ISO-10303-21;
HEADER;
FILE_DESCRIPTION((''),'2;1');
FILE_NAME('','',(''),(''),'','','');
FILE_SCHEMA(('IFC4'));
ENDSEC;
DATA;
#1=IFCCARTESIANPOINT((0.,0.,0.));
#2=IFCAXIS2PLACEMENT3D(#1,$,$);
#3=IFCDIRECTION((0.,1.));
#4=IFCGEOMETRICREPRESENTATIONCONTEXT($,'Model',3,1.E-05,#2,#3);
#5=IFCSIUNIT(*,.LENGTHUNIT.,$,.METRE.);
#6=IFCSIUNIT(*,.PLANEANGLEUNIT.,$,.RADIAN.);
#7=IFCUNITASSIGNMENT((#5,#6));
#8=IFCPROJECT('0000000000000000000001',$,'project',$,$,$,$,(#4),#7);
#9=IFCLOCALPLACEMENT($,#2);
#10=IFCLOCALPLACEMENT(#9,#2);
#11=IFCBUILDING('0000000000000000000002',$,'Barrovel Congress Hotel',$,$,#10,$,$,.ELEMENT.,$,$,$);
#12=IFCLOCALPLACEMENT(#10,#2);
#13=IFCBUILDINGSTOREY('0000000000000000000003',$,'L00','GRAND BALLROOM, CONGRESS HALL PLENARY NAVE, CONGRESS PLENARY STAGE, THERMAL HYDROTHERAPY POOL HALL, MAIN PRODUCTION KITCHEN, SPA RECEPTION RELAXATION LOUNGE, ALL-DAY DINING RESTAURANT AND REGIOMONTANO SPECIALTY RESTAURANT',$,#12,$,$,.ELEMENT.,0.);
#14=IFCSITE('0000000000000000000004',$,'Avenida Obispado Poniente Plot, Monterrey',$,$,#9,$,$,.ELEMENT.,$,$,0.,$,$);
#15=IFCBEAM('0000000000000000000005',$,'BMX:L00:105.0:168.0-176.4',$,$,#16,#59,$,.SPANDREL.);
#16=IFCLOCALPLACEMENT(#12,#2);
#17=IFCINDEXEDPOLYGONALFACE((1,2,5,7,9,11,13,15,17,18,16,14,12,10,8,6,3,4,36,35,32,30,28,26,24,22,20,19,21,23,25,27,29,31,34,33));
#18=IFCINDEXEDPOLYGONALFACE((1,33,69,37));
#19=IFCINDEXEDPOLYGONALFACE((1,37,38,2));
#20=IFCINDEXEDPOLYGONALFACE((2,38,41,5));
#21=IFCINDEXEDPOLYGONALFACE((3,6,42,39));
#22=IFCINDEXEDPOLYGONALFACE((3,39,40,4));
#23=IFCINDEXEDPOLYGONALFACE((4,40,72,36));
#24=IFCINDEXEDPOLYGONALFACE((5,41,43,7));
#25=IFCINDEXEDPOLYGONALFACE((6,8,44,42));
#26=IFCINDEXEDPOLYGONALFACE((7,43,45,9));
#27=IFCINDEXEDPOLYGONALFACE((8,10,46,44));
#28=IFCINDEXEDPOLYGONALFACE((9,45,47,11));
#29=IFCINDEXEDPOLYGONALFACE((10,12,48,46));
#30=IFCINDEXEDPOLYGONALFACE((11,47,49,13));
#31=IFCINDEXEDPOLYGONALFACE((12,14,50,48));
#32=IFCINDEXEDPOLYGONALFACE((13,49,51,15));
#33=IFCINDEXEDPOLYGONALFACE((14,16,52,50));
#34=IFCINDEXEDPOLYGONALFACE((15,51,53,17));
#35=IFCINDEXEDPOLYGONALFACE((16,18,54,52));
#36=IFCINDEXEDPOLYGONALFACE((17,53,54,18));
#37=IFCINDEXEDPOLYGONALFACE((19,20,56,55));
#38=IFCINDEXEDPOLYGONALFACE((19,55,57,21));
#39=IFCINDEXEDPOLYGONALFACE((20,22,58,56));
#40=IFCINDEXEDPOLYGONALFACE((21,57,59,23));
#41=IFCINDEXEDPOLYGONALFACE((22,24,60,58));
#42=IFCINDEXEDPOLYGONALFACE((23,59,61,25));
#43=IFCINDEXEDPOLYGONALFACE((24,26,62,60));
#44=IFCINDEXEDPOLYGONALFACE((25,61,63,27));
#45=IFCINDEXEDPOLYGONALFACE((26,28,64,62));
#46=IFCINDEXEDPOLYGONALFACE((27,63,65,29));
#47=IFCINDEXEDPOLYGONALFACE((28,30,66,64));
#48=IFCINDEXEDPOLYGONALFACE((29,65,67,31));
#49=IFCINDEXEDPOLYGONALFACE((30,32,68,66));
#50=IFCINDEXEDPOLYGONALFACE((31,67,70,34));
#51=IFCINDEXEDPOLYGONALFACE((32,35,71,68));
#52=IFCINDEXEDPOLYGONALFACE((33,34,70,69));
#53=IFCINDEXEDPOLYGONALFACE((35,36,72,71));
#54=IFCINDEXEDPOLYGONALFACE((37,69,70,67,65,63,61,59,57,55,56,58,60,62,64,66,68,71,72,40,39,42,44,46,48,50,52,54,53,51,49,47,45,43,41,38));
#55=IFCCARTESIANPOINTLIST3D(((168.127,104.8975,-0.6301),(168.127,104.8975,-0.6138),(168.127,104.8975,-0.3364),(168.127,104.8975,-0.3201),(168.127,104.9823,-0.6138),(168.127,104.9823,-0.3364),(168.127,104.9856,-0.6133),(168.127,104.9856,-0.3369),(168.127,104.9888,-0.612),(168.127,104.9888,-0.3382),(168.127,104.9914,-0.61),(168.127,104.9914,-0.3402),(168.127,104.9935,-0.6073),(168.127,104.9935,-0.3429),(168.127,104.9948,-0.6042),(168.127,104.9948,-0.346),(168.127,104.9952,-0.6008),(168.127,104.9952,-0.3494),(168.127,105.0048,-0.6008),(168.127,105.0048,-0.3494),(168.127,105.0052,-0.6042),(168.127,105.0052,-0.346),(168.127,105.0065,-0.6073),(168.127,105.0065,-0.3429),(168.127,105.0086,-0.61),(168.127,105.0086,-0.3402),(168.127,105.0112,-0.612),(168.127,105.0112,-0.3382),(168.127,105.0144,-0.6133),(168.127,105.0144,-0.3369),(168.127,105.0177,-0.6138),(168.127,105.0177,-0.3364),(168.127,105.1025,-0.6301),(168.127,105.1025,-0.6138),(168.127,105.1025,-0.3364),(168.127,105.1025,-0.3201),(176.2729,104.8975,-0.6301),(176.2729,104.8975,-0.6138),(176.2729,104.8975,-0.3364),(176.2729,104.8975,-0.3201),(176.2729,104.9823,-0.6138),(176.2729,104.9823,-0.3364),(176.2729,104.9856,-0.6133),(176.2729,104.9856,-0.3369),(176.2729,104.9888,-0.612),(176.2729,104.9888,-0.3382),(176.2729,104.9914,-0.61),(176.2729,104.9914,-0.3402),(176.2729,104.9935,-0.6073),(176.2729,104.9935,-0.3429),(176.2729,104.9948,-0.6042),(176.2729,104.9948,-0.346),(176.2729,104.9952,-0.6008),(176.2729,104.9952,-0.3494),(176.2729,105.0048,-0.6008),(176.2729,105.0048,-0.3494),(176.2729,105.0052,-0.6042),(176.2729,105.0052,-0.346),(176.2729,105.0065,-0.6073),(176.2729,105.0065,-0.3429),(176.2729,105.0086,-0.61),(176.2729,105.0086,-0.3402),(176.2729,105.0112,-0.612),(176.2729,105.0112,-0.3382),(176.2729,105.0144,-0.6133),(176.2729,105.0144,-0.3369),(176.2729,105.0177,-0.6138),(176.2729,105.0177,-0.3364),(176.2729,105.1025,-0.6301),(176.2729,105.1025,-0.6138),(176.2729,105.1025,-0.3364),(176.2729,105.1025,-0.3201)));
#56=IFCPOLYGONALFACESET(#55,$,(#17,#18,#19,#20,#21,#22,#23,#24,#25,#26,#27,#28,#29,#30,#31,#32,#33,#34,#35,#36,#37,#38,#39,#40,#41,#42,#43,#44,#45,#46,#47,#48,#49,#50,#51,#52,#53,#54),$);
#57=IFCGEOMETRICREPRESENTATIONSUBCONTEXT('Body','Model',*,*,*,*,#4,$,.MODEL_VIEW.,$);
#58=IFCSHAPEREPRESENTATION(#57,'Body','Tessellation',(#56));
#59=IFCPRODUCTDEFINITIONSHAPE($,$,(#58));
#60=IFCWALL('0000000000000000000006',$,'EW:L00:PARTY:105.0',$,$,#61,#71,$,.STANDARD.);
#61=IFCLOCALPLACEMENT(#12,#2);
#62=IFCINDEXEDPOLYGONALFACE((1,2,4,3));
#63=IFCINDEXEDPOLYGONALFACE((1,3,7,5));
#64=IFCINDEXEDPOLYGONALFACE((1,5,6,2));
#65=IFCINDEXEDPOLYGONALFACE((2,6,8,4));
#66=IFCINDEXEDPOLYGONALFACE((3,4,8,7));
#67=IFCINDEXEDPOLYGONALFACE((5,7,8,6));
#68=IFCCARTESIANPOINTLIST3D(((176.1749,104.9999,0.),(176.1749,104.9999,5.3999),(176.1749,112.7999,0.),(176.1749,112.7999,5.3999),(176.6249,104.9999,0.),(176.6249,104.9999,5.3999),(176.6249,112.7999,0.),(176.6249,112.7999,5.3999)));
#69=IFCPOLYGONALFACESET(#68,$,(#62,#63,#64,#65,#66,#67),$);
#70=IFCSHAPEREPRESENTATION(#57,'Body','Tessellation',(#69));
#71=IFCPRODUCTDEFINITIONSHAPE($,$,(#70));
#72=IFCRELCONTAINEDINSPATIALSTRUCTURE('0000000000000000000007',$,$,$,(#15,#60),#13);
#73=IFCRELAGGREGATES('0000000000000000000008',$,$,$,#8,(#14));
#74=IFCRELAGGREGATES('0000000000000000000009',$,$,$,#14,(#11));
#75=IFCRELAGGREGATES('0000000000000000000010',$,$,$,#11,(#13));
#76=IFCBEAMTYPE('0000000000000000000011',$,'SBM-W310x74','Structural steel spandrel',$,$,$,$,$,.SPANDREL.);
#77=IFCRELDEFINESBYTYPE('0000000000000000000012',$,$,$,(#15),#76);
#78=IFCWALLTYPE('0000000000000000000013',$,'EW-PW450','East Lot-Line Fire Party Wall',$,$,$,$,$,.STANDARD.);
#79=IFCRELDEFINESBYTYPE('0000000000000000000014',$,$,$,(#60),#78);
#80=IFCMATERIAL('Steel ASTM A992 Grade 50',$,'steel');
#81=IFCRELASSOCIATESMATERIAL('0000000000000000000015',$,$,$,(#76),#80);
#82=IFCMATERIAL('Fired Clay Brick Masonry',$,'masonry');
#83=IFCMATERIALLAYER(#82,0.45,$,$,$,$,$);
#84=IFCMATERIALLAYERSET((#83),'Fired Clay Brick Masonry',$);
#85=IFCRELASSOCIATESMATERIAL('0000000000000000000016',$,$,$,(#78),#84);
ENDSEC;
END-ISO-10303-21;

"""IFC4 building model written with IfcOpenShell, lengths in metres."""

from ifc_helpers import new_model, si_unit, direction, frame, frame_2d, origin, origin_2d, place, context, subcontext, project, spatial, rectangle, i_section, extrude, material, layer, layer_set, material_profile, profile_set, type_object, element, save


model = new_model("IFC4")

# Units and contexts
model_context = context("Model", 3, precision=1e-05, world=origin(), true_north=direction((0.0, 1.0)))
body_context = subcontext(model_context, "Body", "Model", "MODEL_VIEW")
ifc_project = project(units=[si_unit("LENGTHUNIT", "METRE"), si_unit("PLANEANGLEUNIT", "RADIAN")], contexts=[model_context])

# Site, building, storey
site_placement = place(None, origin())
site = spatial("IfcSite", under=ifc_project, at=site_placement, Name="Avenida Obispado Poniente Plot, Monterrey", CompositionType="ELEMENT", RefElevation=0.0)
building_placement = place(site_placement, origin())
building = spatial("IfcBuilding", under=site, at=building_placement, Name="Barrovel Congress Hotel", CompositionType="ELEMENT")
storey_placement = place(building_placement, origin())
storey = spatial("IfcBuildingStorey", under=building, at=storey_placement, Name="L00", Description="GRAND BALLROOM, CONGRESS HALL PLENARY NAVE, CONGRESS PLENARY STAGE, THERMAL HYDROTHERAPY POOL HALL, MAIN PRODUCTION KITCHEN, SPA RECEPTION RELAXATION LOUNGE, ALL-DAY DINING RESTAURANT AND REGIOMONTANO SPECIALTY RESTAURANT", CompositionType="ELEMENT", Elevation=0.0)

# Beam
ifc_material_1 = material(Name="Steel ASTM A992 Grade 50", Category="steel")
ifc_material_profile_1 = material_profile(ifc_material_1, i_section(OverallWidth=0.2051, OverallDepth=0.3101, WebThickness=0.0095, FlangeThickness=0.0164, FilletRadius=0.0129, at=origin_2d()), Name="W310x74")
ifc_profile_set_1 = profile_set([ifc_material_profile_1], Name="Steel ASTM A992 Grade 50")
beam_type_1 = type_object("IfcBeamType", Name="SBM-W310x74", Description="Structural steel spandrel", PredefinedType="SPANDREL", material=ifc_profile_set_1)
beam_1_placement = place(storey_placement, frame((168.127, 105.0, -0.4751), z_axis=(1.0, 0.0, 0.0), x_axis=(0.0, 1.0, 0.0)))
element("IfcBeam", 1, at=beam_1_placement, inside=storey, type_object=beam_type_1, Name="BMX:L00:105.0:168.0-176.4", PredefinedType="SPANDREL", context=body_context, shape_type="SweptSolid", body=[
    extrude(i_section(OverallWidth=0.2051, OverallDepth=0.3101, WebThickness=0.0095, FlangeThickness=0.0164, FilletRadius=0.0129, at=origin_2d()), origin(), (0.0, 0.0, 1.0), 8.146),
])

# Shared definitions
ifc_material_2 = material(Name="Fired Clay Brick Masonry", Category="masonry")

# Wall
ifc_layer_1 = layer(ifc_material_2, 0.45)
ifc_layer_set_1 = layer_set([ifc_layer_1], Name="Fired Clay Brick Masonry")
wall_type_1 = type_object("IfcWallType", Name="EW-PW450", Description="East Lot-Line Fire Party Wall", PredefinedType="STANDARD", material=ifc_layer_set_1)
wall_1_placement = place(storey_placement, frame((176.3999, 105.0, 0.0), z_axis=(0.0, 0.0, 1.0), x_axis=(0.0, 1.0, 0.0)))
element("IfcWall", 2, at=wall_1_placement, inside=storey, type_object=wall_type_1, Name="EW:L00:PARTY:105.0", PredefinedType="STANDARD", context=body_context, shape_type="SweptSolid", body=[
    extrude(rectangle(XDim=7.8, YDim=0.45, at=frame_2d((3.8999, 0.0))), origin(), (0.0, 0.0, 1.0), 5.3999),
])

save(model, "model.ifc")
